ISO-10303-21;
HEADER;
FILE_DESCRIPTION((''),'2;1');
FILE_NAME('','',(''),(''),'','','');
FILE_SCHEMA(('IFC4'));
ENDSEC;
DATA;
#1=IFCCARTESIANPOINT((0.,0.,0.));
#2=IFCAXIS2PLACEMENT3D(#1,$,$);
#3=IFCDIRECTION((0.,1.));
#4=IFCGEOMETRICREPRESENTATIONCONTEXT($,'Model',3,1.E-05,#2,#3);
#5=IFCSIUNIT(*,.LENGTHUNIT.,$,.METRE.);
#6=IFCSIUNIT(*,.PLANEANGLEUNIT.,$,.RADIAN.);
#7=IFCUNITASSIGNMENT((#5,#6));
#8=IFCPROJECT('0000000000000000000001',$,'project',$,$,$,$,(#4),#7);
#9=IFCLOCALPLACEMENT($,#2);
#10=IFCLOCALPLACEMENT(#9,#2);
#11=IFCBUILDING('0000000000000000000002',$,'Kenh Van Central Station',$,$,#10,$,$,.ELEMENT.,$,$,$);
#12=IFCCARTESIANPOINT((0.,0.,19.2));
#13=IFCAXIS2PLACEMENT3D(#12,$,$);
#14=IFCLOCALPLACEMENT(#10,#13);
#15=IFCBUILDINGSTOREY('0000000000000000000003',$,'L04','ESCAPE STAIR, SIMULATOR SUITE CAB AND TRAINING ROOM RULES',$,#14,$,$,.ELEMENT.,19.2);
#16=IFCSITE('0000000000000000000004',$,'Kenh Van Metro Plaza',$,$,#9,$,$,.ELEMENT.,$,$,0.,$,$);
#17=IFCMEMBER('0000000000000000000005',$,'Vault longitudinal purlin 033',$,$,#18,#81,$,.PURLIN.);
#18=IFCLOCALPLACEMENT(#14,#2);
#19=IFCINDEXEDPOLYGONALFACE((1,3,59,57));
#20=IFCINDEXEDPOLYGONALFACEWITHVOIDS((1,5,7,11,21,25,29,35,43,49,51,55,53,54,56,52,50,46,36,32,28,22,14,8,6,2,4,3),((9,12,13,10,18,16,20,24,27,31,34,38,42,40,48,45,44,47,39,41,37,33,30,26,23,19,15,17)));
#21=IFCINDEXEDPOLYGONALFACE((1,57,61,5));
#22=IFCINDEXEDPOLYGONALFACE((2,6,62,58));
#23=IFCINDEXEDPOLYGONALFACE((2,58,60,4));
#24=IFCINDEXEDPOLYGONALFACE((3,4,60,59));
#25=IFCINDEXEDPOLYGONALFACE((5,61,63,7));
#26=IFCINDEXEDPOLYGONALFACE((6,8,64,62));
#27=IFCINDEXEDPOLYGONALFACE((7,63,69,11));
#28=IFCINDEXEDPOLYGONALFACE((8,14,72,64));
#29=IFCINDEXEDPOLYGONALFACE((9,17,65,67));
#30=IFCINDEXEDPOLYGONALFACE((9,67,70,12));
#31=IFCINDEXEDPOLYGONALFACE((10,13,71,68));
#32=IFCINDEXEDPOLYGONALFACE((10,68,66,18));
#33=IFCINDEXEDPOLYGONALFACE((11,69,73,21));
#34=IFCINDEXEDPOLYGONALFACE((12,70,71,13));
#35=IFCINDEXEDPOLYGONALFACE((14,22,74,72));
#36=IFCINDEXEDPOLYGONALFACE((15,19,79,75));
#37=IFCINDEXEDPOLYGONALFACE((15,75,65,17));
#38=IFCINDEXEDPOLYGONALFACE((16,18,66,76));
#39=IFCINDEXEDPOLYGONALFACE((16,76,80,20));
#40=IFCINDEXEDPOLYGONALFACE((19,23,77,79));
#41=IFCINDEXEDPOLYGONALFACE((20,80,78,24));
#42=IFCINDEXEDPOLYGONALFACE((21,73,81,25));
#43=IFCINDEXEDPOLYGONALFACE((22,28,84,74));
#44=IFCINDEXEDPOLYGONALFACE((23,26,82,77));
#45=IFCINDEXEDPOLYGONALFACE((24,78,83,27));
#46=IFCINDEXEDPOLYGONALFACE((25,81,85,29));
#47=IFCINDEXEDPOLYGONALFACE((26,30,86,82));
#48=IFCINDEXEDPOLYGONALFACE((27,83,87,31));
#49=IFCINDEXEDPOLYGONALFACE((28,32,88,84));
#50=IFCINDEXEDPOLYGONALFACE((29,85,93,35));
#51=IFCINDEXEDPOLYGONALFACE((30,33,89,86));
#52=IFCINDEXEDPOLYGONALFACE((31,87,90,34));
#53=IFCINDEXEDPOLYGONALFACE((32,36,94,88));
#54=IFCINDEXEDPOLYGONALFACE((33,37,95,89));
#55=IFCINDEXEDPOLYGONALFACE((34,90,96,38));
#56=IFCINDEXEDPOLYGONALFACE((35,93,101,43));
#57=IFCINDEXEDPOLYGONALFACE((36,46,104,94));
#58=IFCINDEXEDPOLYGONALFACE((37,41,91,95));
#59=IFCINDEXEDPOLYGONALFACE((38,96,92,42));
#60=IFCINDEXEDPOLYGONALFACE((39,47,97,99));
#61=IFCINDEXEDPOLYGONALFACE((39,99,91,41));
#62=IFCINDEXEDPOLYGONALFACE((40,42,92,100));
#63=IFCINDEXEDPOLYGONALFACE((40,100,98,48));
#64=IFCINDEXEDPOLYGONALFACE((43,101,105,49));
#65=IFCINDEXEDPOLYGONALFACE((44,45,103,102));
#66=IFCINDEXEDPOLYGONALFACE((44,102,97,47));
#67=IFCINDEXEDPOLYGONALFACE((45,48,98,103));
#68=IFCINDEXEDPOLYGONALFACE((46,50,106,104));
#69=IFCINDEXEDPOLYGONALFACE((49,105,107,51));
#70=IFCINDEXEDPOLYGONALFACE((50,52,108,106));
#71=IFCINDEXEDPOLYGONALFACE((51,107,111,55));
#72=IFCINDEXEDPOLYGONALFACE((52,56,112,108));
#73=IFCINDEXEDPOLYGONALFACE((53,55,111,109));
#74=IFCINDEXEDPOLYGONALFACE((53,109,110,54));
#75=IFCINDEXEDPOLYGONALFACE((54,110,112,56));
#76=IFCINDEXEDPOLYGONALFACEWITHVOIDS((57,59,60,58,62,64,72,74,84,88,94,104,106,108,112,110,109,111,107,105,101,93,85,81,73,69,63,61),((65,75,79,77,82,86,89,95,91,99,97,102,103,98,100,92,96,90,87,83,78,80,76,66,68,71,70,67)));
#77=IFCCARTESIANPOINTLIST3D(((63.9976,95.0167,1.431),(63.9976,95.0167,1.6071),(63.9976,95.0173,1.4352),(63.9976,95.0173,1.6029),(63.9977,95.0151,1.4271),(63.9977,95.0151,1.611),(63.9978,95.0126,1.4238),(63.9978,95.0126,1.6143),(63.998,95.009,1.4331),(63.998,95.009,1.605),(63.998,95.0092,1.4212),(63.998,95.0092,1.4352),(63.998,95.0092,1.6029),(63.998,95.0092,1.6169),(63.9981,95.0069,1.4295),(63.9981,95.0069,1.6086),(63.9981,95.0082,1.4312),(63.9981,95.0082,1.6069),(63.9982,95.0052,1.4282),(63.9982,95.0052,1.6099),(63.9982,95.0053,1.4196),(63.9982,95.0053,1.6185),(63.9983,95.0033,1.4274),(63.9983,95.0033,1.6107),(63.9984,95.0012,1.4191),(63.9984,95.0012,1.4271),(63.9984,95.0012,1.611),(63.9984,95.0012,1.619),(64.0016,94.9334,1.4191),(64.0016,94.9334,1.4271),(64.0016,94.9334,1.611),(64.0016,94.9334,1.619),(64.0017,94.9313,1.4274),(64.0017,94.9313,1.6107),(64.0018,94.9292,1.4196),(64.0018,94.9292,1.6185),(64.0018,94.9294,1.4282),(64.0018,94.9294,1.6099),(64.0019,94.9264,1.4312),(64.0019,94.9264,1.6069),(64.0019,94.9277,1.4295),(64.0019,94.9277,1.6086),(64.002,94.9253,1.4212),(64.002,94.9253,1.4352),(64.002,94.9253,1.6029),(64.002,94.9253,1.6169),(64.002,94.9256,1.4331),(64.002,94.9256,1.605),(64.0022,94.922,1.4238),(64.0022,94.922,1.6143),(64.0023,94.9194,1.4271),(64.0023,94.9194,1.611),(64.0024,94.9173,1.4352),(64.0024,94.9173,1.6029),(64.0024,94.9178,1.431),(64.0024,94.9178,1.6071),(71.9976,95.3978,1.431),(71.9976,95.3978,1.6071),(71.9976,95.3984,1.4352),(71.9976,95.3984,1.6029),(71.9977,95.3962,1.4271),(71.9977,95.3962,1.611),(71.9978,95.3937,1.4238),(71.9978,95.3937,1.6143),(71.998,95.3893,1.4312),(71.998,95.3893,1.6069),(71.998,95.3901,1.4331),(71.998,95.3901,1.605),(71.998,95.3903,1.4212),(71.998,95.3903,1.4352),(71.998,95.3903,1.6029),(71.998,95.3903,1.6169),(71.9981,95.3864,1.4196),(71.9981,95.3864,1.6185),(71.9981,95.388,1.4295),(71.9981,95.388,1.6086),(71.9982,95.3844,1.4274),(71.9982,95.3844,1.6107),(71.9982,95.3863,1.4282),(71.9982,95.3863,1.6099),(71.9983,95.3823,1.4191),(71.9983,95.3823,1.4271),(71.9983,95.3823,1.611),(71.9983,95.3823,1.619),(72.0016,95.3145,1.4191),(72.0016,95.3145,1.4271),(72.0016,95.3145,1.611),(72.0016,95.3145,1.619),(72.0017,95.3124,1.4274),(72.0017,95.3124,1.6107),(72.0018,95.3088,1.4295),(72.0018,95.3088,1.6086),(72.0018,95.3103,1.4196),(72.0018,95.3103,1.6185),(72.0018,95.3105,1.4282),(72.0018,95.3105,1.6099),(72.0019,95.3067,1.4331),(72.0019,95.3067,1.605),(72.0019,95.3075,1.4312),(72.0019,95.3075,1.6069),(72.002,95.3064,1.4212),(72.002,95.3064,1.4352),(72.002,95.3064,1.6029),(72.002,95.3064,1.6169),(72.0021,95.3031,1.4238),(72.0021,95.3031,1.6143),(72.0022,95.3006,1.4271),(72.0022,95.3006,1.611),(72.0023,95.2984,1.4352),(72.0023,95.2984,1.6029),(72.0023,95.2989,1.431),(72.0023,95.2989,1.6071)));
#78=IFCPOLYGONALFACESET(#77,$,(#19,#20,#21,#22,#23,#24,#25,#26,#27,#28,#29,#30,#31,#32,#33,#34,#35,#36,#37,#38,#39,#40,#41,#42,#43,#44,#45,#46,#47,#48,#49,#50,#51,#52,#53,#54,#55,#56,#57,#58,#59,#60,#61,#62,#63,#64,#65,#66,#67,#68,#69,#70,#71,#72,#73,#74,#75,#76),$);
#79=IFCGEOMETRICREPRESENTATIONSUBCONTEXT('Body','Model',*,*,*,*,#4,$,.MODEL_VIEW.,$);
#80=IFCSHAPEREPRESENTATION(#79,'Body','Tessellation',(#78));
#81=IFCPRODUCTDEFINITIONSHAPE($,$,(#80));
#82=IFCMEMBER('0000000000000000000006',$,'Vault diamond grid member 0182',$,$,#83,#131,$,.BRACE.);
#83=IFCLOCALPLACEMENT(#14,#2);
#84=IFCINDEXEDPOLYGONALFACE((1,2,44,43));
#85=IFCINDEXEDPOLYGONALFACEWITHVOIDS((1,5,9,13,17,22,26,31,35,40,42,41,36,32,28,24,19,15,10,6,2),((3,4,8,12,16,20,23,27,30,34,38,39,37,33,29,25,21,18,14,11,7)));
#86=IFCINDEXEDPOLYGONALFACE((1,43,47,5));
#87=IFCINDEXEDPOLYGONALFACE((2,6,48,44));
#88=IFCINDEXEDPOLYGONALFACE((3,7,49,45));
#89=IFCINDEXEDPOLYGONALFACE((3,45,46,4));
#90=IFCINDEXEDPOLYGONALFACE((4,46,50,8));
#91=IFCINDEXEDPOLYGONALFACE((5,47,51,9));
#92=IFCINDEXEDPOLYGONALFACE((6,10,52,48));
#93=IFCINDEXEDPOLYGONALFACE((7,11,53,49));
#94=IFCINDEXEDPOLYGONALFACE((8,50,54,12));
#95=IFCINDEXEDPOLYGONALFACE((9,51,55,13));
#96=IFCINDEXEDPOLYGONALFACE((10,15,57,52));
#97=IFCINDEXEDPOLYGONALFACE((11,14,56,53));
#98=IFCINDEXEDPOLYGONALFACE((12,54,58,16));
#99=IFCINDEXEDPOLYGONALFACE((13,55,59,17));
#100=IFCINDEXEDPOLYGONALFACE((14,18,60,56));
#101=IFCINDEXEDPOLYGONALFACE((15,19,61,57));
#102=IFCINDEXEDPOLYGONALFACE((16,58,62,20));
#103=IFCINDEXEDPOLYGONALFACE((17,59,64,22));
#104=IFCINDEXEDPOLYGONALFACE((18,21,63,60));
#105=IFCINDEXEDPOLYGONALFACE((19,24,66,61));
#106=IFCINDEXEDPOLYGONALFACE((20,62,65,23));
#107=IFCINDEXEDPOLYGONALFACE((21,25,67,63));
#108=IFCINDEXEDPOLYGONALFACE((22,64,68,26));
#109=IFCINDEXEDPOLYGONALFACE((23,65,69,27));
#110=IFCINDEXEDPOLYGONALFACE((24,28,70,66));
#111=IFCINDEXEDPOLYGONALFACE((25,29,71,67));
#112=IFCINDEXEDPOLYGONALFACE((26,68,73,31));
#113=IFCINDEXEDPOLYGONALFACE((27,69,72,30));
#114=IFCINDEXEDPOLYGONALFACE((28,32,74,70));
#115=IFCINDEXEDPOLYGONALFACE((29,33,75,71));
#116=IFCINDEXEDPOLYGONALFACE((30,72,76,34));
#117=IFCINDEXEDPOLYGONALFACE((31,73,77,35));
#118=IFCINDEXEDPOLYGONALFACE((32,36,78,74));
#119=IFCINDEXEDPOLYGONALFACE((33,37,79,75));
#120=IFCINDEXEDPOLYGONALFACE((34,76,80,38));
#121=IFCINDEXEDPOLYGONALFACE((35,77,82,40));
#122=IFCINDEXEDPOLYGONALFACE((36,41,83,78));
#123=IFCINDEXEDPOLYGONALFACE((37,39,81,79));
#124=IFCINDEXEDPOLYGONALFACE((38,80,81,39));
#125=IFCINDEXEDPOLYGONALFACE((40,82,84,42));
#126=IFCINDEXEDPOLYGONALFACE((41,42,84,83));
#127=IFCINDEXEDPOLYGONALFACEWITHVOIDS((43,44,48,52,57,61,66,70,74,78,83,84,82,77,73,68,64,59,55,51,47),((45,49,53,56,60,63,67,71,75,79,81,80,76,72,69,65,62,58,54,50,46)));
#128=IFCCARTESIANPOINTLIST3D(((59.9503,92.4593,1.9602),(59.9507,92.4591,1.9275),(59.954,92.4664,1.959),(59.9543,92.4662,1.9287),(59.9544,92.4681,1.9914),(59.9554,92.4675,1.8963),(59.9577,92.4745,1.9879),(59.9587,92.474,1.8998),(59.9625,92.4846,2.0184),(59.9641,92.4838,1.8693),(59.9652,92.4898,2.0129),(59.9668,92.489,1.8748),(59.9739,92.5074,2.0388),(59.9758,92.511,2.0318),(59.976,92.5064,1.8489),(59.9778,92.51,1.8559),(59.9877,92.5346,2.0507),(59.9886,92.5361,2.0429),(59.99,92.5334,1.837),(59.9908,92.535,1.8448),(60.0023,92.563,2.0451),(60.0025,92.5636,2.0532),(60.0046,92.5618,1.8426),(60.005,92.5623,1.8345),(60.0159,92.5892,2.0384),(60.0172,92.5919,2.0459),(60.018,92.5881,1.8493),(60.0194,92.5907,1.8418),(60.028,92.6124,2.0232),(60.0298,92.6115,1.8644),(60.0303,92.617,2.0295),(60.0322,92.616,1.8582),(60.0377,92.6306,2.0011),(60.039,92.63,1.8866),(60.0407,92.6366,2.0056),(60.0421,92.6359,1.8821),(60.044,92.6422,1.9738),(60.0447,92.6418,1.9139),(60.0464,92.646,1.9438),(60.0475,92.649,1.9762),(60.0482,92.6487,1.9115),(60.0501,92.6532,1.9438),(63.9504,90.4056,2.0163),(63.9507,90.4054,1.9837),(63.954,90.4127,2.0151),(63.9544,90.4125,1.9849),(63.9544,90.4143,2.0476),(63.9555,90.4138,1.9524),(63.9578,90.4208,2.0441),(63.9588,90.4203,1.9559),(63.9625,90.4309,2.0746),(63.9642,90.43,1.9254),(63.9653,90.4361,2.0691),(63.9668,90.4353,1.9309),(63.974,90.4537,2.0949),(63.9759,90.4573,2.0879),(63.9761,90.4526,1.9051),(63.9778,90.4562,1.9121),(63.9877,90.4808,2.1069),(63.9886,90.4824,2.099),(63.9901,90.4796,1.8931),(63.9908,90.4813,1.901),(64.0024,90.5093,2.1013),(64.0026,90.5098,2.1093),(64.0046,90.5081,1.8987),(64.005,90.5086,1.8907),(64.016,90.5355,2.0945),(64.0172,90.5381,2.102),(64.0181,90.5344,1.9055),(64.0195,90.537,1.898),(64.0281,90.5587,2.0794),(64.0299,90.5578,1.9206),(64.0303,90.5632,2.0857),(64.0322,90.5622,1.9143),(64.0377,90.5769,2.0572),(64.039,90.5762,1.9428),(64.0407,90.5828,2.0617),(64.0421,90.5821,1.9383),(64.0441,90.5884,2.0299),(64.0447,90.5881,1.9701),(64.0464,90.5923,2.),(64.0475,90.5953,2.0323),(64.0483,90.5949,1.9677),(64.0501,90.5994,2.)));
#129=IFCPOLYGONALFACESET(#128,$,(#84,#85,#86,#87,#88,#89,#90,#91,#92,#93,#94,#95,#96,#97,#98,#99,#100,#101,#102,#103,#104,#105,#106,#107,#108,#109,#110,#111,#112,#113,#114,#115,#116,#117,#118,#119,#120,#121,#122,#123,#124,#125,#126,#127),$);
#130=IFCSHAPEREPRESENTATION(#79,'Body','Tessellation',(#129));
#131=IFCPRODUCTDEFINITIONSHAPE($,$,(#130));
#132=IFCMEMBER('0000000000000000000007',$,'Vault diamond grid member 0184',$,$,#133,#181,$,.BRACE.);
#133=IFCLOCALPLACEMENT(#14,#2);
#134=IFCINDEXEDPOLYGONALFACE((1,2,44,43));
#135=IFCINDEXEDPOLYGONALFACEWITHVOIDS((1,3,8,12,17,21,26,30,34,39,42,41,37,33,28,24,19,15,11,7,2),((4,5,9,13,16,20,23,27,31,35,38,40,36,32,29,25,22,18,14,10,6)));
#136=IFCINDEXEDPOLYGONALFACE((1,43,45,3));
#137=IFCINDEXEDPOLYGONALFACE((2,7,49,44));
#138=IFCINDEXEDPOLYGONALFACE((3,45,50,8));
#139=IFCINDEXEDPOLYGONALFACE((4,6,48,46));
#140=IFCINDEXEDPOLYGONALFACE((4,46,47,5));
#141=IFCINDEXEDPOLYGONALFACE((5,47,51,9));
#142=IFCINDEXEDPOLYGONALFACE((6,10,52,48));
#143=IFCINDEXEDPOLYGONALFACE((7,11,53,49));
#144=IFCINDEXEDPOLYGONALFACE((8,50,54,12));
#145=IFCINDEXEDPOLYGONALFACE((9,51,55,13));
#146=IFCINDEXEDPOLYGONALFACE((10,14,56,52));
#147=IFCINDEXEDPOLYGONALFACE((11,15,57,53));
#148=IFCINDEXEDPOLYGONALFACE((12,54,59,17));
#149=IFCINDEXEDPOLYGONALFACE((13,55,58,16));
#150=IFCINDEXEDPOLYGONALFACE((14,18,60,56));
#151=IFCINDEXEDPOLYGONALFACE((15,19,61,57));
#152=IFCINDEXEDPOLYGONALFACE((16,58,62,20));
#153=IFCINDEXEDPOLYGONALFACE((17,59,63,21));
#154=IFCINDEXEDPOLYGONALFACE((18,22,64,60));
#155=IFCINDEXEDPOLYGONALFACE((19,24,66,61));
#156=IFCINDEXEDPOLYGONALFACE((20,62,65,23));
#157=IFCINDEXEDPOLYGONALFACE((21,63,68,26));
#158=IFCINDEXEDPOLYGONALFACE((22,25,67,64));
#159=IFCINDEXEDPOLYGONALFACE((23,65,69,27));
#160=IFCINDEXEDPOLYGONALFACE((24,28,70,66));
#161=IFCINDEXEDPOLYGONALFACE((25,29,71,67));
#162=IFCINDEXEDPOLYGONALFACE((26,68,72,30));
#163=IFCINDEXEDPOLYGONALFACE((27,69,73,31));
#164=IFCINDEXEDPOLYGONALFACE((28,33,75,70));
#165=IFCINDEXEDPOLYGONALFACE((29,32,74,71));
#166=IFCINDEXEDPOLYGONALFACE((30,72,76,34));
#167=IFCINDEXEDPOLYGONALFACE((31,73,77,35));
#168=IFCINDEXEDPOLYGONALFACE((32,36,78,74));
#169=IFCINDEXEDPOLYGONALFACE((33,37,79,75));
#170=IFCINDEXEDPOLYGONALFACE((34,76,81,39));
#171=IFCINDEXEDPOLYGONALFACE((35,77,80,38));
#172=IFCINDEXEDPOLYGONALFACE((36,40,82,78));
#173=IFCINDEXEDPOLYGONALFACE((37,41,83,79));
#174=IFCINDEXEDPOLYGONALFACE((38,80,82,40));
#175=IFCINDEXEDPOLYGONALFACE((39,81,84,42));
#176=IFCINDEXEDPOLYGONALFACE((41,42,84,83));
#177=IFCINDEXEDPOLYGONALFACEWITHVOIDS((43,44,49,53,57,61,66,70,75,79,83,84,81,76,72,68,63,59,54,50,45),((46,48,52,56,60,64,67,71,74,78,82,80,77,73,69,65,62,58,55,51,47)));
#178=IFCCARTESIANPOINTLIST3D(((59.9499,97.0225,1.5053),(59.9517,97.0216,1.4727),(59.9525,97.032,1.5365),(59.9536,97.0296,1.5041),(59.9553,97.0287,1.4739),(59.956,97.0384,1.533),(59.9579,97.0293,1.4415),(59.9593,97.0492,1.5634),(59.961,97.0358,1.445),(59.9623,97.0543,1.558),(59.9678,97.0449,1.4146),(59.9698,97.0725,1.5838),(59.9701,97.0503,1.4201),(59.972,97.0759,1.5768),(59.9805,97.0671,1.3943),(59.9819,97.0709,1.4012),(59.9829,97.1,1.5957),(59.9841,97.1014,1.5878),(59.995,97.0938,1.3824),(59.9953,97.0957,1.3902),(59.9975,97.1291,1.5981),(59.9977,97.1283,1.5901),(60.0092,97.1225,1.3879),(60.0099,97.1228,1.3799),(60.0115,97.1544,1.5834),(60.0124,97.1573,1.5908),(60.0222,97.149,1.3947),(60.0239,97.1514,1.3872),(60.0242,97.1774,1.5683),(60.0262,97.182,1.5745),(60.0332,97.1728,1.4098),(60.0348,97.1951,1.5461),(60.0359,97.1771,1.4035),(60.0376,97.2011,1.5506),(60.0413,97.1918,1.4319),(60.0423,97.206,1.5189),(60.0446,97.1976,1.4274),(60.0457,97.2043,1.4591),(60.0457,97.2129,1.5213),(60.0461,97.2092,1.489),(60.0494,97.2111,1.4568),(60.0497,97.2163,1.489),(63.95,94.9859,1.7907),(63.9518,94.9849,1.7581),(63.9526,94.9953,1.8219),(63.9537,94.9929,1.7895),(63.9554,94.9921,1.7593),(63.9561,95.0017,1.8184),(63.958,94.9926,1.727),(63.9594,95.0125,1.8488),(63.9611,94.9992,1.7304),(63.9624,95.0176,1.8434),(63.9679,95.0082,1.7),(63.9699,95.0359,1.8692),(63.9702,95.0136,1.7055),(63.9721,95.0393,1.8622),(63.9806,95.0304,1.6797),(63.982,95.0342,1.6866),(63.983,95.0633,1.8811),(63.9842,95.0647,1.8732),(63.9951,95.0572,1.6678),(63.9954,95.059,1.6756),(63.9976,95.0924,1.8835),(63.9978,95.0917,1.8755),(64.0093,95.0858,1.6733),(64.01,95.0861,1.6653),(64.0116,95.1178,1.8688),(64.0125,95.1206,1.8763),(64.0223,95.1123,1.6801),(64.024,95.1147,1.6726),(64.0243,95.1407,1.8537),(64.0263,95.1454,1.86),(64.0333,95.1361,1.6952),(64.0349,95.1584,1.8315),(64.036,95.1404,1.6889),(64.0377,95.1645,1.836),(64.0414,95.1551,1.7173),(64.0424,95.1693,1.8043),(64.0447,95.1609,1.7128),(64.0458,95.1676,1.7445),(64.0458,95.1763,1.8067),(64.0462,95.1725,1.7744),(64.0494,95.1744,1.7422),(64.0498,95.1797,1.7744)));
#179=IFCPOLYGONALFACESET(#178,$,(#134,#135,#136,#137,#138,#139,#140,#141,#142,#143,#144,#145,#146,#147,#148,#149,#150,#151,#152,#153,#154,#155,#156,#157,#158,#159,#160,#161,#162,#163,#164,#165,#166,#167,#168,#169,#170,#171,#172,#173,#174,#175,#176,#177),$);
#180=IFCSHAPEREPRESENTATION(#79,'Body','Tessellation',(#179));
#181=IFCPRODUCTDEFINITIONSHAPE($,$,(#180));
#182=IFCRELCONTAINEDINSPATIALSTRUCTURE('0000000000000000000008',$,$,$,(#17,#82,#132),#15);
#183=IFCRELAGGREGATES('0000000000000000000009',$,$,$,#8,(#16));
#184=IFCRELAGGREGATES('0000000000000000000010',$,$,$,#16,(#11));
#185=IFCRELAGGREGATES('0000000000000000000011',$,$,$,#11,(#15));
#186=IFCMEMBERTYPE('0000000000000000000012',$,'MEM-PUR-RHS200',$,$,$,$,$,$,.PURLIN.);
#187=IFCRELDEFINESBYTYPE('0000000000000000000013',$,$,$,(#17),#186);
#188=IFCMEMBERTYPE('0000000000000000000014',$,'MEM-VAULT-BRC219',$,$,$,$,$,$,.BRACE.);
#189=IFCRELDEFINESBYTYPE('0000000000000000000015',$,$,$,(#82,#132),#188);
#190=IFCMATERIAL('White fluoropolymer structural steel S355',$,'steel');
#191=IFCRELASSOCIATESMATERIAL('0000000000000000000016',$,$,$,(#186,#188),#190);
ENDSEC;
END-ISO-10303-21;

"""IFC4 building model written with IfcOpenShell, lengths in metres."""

from ifc_helpers import new_model, si_unit, direction, frame, origin, origin_2d, place, context, subcontext, project, spatial, hollow_rectangle, hollow_circle, extrude, material, material_profile, profile_set, type_object, element, save


model = new_model("IFC4")

# Units and contexts
model_context = context("Model", 3, precision=1e-05, world=origin(), true_north=direction((0.0, 1.0)))
body_context = subcontext(model_context, "Body", "Model", "MODEL_VIEW")
ifc_project = project(units=[si_unit("LENGTHUNIT", "METRE"), si_unit("PLANEANGLEUNIT", "RADIAN")], contexts=[model_context])

# Site, building, storey
site_placement = place(None, origin())
site = spatial("IfcSite", under=ifc_project, at=site_placement, Name="Kenh Van Metro Plaza", CompositionType="ELEMENT", RefElevation=0.0)
building_placement = place(site_placement, origin())
building = spatial("IfcBuilding", under=site, at=building_placement, Name="Kenh Van Central Station", CompositionType="ELEMENT")
storey_placement = place(building_placement, frame((0.0, 0.0, 19.2)))
storey = spatial("IfcBuildingStorey", under=building, at=storey_placement, Name="L04", Description="ESCAPE STAIR, SIMULATOR SUITE CAB AND TRAINING ROOM RULES", CompositionType="ELEMENT", Elevation=19.2)

# Shared definitions
ifc_material_1 = material(Name="White fluoropolymer structural steel S355", Category="steel")

# Members
ifc_material_profile_1 = material_profile(ifc_material_1, hollow_rectangle(XDim=0.1001, YDim=0.2, WallThickness=0.0081, InnerFilletRadius=0.0081, OuterFilletRadius=0.0161, at=origin_2d()), Name="RHS 200x100x8")
ifc_profile_set_1 = profile_set([ifc_material_profile_1], Name="White fluoropolymer structural steel S355")
member_type_1 = type_object("IfcMemberType", Name="MEM-PUR-RHS200", PredefinedType="PURLIN", material=ifc_profile_set_1)
member_1_placement = place(storey_placement, frame((64.0, 94.9673, 1.519), z_axis=(0.998867, 0.047584, 0.0), x_axis=(-0.047584, 0.998867, 0.0)))
element("IfcMember", 1, at=member_1_placement, inside=storey, type_object=member_type_1, Name="Vault longitudinal purlin 033", PredefinedType="PURLIN", context=body_context, shape_type="SweptSolid", body=[
    extrude(hollow_rectangle(XDim=0.1001, YDim=0.2, WallThickness=0.0081, InnerFilletRadius=0.0081, OuterFilletRadius=0.0161, at=origin_2d()), origin(), (0.0, 0.0, 1.0), 8.009),
])
ifc_material_profile_2 = material_profile(ifc_material_1, hollow_circle(Radius=0.1096, WallThickness=0.0081, at=origin_2d()), Name="CHS 219.1x8")
ifc_profile_set_2 = profile_set([ifc_material_profile_2], Name="White fluoropolymer structural steel S355")
member_type_2 = type_object("IfcMemberType", Name="MEM-VAULT-BRC219", PredefinedType="BRACE", material=ifc_profile_set_2)
member_2_placement = place(storey_placement, frame((60.0, 92.5557, 1.9438), z_axis=(0.889529, -0.456709, 0.012487), x_axis=(0.456744, 0.889598, 0.0)))
element("IfcMember", 2, at=member_2_placement, inside=storey, type_object=member_type_2, Name="Vault diamond grid member 0182", PredefinedType="BRACE", context=body_context, shape_type="SweptSolid", body=[
    extrude(hollow_circle(Radius=0.1096, WallThickness=0.0081, at=origin_2d()), origin(), (0.0, 0.0, 1.0), 4.4968),
])
member_3_placement = place(storey_placement, frame((60.0, 97.1187, 1.489), z_axis=(0.889344, -0.452814, 0.063455), x_axis=(0.453729, 0.89114, 0.0)))
element("IfcMember", 3, at=member_3_placement, inside=storey, type_object=member_type_2, Name="Vault diamond grid member 0184", PredefinedType="BRACE", context=body_context, shape_type="SweptSolid", body=[
    extrude(hollow_circle(Radius=0.1096, WallThickness=0.0081, at=origin_2d()), origin(), (0.0, 0.0, 1.0), 4.4978),
])

save(model, "model.ifc")
